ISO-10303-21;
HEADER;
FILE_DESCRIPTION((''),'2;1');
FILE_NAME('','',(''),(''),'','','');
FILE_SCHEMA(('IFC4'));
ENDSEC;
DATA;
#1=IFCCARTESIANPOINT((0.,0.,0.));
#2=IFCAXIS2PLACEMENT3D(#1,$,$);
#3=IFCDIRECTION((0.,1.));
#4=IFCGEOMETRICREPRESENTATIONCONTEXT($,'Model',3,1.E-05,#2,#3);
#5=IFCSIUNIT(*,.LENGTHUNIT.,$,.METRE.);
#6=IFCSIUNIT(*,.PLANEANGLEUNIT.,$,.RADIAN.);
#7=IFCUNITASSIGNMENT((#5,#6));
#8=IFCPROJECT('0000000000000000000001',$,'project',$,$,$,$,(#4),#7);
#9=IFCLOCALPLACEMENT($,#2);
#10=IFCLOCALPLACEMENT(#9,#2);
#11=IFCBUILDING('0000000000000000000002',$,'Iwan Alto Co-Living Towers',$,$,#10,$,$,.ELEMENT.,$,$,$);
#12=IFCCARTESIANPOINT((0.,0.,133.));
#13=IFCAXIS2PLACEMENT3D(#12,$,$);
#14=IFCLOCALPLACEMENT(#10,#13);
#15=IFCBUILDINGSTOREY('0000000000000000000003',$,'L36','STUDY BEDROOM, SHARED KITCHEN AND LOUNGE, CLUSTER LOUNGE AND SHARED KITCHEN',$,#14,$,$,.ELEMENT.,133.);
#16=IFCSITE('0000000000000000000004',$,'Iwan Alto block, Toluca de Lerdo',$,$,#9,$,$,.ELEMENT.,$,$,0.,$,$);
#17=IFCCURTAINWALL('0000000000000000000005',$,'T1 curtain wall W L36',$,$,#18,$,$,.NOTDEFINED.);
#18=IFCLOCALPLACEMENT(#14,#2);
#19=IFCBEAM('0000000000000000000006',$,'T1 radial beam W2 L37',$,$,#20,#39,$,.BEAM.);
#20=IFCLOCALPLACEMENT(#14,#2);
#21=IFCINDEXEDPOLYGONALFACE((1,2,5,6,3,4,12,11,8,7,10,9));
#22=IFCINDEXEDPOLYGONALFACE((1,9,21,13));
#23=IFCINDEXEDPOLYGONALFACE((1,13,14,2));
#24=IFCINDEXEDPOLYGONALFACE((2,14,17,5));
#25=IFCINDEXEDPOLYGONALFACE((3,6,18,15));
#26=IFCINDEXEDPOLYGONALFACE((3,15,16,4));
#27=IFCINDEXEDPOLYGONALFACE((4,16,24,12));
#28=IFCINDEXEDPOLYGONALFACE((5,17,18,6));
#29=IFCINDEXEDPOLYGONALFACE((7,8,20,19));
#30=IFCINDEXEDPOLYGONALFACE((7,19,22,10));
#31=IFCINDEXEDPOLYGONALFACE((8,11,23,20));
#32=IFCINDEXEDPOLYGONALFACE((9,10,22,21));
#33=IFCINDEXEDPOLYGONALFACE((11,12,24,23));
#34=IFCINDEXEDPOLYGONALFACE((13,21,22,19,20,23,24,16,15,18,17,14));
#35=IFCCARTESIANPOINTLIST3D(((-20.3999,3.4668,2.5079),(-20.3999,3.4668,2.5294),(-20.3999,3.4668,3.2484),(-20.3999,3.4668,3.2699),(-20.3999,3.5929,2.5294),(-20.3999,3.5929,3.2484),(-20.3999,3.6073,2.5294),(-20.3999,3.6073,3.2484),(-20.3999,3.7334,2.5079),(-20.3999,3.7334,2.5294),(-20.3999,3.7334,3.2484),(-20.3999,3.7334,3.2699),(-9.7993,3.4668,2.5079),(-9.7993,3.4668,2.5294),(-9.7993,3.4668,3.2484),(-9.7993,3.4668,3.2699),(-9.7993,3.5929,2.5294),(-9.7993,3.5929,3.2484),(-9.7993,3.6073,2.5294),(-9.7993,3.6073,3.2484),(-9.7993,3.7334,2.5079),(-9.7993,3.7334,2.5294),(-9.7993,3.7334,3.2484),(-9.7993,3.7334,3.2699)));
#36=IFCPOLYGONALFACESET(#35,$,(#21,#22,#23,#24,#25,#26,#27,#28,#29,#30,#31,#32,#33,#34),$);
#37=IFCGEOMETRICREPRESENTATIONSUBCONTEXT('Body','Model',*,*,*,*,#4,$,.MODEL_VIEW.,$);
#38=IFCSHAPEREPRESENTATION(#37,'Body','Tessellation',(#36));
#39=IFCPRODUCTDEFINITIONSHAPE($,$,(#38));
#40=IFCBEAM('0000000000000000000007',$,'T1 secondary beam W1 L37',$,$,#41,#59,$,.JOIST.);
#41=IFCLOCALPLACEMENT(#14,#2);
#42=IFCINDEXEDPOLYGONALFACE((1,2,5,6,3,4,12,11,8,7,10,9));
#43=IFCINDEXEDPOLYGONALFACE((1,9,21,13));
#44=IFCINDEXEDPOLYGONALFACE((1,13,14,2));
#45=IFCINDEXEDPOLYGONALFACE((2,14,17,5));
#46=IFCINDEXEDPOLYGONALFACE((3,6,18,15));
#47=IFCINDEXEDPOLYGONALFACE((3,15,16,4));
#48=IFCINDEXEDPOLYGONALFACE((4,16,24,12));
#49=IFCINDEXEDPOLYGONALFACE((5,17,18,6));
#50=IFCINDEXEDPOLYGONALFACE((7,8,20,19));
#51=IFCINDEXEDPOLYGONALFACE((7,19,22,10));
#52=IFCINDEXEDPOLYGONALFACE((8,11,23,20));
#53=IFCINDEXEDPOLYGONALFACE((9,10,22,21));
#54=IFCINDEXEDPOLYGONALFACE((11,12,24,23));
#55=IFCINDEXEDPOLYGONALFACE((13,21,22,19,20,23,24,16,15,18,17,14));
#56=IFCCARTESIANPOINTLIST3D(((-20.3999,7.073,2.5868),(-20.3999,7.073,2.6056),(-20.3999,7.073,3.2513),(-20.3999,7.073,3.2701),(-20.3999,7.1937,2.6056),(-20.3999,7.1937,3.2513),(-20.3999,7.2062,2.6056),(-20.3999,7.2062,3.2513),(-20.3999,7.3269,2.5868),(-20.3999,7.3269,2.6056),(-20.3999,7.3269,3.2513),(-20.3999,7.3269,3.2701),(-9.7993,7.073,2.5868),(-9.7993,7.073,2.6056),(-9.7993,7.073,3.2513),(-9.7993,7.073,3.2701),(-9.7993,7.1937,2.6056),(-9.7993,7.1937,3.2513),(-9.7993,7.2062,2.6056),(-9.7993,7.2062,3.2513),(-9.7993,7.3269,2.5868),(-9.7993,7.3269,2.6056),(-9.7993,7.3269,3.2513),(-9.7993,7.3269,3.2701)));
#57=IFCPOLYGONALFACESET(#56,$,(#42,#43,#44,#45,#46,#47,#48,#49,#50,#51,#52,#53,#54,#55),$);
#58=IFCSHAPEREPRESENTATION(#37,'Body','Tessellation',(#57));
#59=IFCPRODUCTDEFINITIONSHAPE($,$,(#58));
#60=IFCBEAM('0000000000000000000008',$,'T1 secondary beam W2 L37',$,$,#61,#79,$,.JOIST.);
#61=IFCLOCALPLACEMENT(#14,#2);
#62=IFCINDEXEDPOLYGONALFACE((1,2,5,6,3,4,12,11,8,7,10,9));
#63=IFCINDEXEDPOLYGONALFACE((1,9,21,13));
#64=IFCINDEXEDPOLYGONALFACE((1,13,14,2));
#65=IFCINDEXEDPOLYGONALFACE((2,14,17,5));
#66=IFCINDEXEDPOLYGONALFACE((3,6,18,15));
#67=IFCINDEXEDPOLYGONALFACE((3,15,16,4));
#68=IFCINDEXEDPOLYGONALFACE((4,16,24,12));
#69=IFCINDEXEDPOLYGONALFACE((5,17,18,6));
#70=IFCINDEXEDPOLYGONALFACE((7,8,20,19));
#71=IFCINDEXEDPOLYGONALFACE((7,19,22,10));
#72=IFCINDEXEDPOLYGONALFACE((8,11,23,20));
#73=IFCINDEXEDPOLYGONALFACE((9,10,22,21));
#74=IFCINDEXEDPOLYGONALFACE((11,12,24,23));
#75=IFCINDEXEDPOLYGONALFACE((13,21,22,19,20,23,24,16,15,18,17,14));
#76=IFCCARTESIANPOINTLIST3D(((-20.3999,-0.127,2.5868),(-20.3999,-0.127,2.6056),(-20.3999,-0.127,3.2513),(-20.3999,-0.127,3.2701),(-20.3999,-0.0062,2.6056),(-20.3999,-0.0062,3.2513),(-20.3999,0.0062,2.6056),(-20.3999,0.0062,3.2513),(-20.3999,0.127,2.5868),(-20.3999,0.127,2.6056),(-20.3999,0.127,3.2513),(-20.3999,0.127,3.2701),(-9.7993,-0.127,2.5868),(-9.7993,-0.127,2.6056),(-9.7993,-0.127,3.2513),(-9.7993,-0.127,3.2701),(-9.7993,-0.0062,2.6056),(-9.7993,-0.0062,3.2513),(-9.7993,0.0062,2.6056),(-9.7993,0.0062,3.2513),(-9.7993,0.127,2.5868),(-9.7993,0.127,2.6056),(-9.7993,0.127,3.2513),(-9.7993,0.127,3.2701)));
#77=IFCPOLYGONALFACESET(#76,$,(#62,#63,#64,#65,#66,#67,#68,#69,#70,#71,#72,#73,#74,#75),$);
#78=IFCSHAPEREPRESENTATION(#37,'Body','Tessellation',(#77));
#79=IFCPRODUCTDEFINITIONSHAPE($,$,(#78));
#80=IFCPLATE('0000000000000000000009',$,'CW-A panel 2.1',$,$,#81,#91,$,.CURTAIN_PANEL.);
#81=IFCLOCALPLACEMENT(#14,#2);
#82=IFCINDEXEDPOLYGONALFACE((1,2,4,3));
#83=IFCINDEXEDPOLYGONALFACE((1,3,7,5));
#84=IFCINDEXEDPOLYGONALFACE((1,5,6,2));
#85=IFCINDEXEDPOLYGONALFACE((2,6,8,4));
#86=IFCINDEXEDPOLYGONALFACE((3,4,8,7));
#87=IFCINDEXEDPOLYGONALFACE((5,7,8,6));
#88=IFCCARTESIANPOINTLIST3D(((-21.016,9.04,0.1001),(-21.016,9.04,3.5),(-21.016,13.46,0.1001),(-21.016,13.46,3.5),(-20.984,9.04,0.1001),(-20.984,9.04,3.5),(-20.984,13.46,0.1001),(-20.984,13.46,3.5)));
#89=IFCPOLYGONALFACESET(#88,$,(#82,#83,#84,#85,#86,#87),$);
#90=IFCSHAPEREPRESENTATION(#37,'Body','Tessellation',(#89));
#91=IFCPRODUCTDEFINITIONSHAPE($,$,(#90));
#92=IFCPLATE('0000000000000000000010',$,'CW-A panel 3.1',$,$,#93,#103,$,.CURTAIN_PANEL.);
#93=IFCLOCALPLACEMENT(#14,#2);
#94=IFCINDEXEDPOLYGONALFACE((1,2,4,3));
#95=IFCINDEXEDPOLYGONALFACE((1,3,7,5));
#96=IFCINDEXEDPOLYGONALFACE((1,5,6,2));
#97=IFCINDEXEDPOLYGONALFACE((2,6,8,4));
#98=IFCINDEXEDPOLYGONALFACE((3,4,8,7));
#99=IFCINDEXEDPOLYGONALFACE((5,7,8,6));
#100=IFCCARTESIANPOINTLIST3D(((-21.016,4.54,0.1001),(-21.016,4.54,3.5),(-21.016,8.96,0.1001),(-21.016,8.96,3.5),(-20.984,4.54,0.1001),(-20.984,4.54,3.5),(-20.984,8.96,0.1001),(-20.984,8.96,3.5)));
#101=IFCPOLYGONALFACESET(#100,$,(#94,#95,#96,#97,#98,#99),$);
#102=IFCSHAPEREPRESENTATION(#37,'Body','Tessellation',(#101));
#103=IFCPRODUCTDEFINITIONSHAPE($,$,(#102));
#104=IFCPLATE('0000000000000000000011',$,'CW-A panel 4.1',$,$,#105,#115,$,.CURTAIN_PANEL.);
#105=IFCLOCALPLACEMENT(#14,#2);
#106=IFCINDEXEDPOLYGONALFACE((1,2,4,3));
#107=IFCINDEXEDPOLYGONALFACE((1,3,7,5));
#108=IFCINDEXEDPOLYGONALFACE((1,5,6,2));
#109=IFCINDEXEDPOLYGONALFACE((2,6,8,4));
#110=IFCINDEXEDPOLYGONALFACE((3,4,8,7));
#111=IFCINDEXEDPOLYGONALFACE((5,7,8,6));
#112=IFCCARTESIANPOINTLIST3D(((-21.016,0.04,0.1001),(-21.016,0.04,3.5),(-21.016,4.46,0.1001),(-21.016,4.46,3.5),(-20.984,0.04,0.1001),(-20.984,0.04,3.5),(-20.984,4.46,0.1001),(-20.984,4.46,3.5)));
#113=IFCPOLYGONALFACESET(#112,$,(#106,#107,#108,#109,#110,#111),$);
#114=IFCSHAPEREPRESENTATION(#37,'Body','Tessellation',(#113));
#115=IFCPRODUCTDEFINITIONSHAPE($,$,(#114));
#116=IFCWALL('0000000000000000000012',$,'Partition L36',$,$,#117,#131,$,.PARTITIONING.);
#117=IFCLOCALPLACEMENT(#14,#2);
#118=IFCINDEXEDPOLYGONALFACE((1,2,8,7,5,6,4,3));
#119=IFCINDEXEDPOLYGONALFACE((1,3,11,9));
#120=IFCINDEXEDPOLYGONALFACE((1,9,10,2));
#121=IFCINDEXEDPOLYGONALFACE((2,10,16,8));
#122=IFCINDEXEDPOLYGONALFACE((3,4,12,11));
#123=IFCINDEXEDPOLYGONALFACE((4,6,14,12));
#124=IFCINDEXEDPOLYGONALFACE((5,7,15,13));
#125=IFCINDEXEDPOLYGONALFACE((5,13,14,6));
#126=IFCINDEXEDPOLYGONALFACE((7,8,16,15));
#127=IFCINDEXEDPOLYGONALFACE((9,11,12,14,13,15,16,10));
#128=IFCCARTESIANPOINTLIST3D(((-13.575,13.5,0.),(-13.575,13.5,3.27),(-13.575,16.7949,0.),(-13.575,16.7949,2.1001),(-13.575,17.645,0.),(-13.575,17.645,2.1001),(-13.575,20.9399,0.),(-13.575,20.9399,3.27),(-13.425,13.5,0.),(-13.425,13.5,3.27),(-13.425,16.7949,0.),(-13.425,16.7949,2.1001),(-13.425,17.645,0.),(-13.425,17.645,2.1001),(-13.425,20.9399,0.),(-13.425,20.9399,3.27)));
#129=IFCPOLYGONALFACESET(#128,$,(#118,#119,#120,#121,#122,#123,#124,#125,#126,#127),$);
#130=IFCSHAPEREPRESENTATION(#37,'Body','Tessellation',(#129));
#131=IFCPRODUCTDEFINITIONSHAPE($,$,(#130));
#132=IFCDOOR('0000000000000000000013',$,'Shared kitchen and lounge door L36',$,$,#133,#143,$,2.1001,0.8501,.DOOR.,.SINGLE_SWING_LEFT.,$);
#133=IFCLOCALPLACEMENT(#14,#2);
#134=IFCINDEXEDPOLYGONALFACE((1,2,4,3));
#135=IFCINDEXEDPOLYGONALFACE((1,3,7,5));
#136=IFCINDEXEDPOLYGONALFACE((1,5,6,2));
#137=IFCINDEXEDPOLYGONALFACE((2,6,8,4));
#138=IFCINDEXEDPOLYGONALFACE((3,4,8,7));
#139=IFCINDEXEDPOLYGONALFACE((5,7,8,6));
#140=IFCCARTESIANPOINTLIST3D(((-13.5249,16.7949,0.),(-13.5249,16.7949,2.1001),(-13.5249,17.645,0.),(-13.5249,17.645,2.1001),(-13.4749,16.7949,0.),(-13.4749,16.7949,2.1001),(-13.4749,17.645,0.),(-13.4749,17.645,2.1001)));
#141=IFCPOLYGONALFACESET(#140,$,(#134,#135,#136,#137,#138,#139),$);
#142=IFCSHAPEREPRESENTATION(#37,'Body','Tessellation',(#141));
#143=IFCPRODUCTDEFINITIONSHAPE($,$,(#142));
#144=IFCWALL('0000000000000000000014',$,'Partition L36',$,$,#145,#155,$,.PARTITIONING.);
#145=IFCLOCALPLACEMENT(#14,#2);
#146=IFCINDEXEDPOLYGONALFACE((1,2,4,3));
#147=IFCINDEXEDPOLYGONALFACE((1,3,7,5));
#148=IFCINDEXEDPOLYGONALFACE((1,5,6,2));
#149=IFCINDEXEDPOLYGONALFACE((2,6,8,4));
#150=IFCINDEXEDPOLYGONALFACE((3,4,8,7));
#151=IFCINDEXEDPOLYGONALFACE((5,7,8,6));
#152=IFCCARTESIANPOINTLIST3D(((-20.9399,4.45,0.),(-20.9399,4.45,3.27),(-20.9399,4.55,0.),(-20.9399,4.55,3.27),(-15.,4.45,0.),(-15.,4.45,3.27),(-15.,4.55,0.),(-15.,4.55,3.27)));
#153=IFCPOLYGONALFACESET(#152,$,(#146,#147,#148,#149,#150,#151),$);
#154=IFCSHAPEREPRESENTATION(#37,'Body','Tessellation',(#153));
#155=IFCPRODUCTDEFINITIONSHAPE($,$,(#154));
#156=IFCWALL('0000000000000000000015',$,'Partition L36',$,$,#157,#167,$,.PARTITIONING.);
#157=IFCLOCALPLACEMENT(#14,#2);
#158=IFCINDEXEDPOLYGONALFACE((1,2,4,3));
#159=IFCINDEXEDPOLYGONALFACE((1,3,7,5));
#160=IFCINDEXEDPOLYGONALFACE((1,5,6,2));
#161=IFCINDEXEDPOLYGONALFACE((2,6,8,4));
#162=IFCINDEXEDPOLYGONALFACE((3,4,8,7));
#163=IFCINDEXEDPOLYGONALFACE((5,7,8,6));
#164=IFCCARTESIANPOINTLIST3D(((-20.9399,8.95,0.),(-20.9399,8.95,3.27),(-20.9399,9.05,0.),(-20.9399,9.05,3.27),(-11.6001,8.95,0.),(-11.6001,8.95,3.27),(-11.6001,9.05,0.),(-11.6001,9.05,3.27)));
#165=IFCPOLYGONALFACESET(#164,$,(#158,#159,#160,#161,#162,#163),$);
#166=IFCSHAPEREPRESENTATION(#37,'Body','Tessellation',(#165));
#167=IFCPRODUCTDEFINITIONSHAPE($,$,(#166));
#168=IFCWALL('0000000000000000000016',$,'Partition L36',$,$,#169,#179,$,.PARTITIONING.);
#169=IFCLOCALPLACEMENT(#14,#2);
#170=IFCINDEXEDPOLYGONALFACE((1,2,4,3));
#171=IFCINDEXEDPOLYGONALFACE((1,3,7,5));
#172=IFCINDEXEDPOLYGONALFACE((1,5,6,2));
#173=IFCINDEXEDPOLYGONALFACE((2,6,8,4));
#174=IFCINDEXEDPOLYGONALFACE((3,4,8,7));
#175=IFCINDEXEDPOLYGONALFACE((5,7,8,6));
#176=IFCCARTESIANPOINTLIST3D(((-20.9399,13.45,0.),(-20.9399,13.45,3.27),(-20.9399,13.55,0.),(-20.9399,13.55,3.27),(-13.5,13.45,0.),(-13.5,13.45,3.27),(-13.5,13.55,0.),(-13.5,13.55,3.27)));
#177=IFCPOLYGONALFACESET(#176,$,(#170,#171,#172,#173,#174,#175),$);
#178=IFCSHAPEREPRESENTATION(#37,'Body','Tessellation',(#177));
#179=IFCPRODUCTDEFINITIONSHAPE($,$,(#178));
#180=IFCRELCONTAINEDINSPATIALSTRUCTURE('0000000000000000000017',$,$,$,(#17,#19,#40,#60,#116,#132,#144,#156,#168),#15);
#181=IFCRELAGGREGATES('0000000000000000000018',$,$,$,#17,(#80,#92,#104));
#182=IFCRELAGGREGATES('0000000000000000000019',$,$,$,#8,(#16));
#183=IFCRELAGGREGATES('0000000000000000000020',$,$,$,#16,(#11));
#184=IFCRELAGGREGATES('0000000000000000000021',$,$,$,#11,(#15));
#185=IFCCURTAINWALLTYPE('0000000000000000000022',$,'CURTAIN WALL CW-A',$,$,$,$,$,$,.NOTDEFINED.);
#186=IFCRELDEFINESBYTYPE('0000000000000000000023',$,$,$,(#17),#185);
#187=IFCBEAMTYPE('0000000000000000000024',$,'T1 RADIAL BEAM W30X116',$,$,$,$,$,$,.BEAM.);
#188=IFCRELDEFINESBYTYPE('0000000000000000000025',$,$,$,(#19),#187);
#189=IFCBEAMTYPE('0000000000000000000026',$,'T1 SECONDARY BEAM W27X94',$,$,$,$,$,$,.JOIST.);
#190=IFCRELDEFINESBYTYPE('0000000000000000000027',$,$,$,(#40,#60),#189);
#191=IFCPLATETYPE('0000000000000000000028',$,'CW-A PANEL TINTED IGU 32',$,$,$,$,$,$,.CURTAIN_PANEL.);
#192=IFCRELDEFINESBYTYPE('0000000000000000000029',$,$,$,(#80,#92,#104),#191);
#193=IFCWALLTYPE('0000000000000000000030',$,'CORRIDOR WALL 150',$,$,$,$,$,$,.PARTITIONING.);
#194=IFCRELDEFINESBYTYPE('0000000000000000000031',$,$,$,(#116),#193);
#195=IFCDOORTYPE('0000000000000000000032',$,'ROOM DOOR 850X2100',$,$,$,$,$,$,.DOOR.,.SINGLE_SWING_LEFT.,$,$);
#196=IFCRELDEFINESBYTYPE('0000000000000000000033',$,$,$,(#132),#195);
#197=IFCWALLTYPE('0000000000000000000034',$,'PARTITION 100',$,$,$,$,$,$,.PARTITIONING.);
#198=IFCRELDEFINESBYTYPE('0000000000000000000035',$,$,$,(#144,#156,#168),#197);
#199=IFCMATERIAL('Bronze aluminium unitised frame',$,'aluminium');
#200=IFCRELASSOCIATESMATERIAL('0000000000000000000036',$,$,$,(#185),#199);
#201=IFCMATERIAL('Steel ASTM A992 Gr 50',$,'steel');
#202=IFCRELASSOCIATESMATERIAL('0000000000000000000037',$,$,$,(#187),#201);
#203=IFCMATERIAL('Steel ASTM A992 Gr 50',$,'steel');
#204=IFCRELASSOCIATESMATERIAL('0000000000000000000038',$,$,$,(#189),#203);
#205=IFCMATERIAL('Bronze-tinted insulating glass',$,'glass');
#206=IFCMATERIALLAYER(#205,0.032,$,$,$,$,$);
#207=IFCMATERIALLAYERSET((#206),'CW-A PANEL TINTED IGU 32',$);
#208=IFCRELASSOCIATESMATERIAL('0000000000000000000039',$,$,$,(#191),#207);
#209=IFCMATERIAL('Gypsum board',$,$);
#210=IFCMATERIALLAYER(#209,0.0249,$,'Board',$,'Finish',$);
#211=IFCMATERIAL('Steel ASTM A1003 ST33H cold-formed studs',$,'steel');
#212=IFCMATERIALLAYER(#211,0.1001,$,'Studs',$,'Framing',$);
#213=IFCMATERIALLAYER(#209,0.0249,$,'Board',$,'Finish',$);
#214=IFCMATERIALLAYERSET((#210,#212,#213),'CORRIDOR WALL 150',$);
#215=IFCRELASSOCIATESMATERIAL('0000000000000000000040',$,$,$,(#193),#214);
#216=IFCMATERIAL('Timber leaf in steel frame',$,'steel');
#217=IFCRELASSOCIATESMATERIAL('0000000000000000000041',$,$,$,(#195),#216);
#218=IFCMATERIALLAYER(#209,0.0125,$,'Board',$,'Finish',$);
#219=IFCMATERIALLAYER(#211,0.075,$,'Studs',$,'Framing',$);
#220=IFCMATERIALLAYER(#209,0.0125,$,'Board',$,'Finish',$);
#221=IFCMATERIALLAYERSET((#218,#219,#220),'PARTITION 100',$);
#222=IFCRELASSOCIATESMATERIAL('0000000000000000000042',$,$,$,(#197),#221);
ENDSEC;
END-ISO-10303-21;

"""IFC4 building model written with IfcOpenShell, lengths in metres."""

from ifc_helpers import new_model, si_unit, direction, frame, frame_2d, origin, origin_2d, place, context, subcontext, project, spatial, rectangle, i_section, extrude, material, layer, layer_set, material_profile, profile_set, type_object, element, fill, aggregate, save


model = new_model("IFC4")

# Units and contexts
model_context = context("Model", 3, precision=1e-05, world=origin(), true_north=direction((0.0, 1.0)))
body_context = subcontext(model_context, "Body", "Model", "MODEL_VIEW")
ifc_project = project(units=[si_unit("LENGTHUNIT", "METRE"), si_unit("PLANEANGLEUNIT", "RADIAN")], contexts=[model_context])

# Site, building, storey
site_placement = place(None, origin())
site = spatial("IfcSite", under=ifc_project, at=site_placement, Name="Iwan Alto block, Toluca de Lerdo", CompositionType="ELEMENT", RefElevation=0.0)
building_placement = place(site_placement, origin())
building = spatial("IfcBuilding", under=site, at=building_placement, Name="Iwan Alto Co-Living Towers", CompositionType="ELEMENT")
storey_placement = place(building_placement, frame((0.0, 0.0, 133.0)))
storey = spatial("IfcBuildingStorey", under=building, at=storey_placement, Name="L36", Description="STUDY BEDROOM, SHARED KITCHEN AND LOUNGE, CLUSTER LOUNGE AND SHARED KITCHEN", CompositionType="ELEMENT", Elevation=133.0)

# Curtain wall
ifc_material_1 = material(Name="Bronze aluminium unitised frame", Category="aluminium")
curtain_wall_type = type_object("IfcCurtainWallType", Name="CURTAIN WALL CW-A", PredefinedType="NOTDEFINED", material=ifc_material_1)
curtain_wall_placement = place(storey_placement, origin())
curtain_wall = element("IfcCurtainWall", 1, at=curtain_wall_placement, inside=storey, type_object=curtain_wall_type, Name="T1 curtain wall W L36", PredefinedType="NOTDEFINED")

# Beams
ifc_material_2 = material(Name="Steel ASTM A992 Gr 50", Category="steel")
ifc_material_profile_1 = material_profile(ifc_material_2, i_section(OverallWidth=0.2666, OverallDepth=0.762, WebThickness=0.0144, FlangeThickness=0.0215, at=origin_2d()), Name="W30X116")
ifc_profile_set_1 = profile_set([ifc_material_profile_1], Name="Steel ASTM A992 Gr 50")
beam_type_1 = type_object("IfcBeamType", Name="T1 RADIAL BEAM W30X116", PredefinedType="BEAM", material=ifc_profile_set_1)
beam_1_placement = place(storey_placement, frame((-20.3999, 3.6001, 2.8889), z_axis=(1.0, 0.0, 0.0), x_axis=(0.0, 1.0, 0.0)))
element("IfcBeam", 2, at=beam_1_placement, inside=storey, type_object=beam_type_1, Name="T1 radial beam W2 L37", PredefinedType="BEAM", context=body_context, shape_type="SweptSolid", body=[
    extrude(i_section(OverallWidth=0.2666, OverallDepth=0.762, WebThickness=0.0144, FlangeThickness=0.0215, at=origin_2d()), origin(), (0.0, 0.0, 1.0), 10.6006),
])
ifc_material_3 = material(Name="Steel ASTM A992 Gr 50", Category="steel")
ifc_material_profile_2 = material_profile(ifc_material_3, i_section(OverallWidth=0.2539, OverallDepth=0.6833, WebThickness=0.0125, FlangeThickness=0.0188, at=origin_2d()), Name="W27X94")
ifc_profile_set_2 = profile_set([ifc_material_profile_2], Name="Steel ASTM A992 Gr 50")
beam_type_2 = type_object("IfcBeamType", Name="T1 SECONDARY BEAM W27X94", PredefinedType="JOIST", material=ifc_profile_set_2)
for number, where, z_axis, x_axis, name in (
    (3, (-20.3999, 7.2, 2.9285), (1.0, 0.0, 0.0), (0.0, 1.0, 0.0), "T1 secondary beam W1 L37"),
    (4, (-20.3999, 0.0, 2.9285), (1.0, 0.0, 0.0), (0.0, 1.0, 0.0), "T1 secondary beam W2 L37"),
):
    element("IfcBeam", number, at=place(storey_placement, frame(where, z_axis=z_axis, x_axis=x_axis)), inside=storey, type_object=beam_type_2, Name=name, PredefinedType="JOIST", context=body_context, shape_type="SweptSolid", body=[
        extrude(i_section(OverallWidth=0.2539, OverallDepth=0.6833, WebThickness=0.0125, FlangeThickness=0.0188, at=origin_2d()), origin(), (0.0, 0.0, 1.0), 10.6006),
    ])

# Plates
ifc_material_4 = material(Name="Bronze-tinted insulating glass", Category="glass")
ifc_layer_1 = layer(ifc_material_4, 0.032)
ifc_layer_set_1 = layer_set([ifc_layer_1], Name="CW-A PANEL TINTED IGU 32")
plate_type = type_object("IfcPlateType", Name="CW-A PANEL TINTED IGU 32", PredefinedType="CURTAIN_PANEL", material=ifc_layer_set_1)
plate_1_placement = place(storey_placement, frame((-21.0, 11.25, 0.1001), z_axis=(0.0, 0.0, 1.0), x_axis=(0.0, -1.0, 0.0)))
plate_1 = element("IfcPlate", 5, at=plate_1_placement, type_object=plate_type, Name="CW-A panel 2.1", PredefinedType="CURTAIN_PANEL", context=body_context, shape_type="SweptSolid", body=[
    extrude(rectangle(XDim=4.4199, YDim=0.032, at=origin_2d()), origin(), (0.0, 0.0, 1.0), 3.3999),
])
plate_2_placement = place(storey_placement, frame((-21.0, 6.75, 0.1001), z_axis=(0.0, 0.0, 1.0), x_axis=(0.0, -1.0, 0.0)))
plate_2 = element("IfcPlate", 6, at=plate_2_placement, type_object=plate_type, Name="CW-A panel 3.1", PredefinedType="CURTAIN_PANEL", context=body_context, shape_type="SweptSolid", body=[
    extrude(rectangle(XDim=4.4199, YDim=0.032, at=origin_2d()), origin(), (0.0, 0.0, 1.0), 3.3999),
])
plate_3_placement = place(storey_placement, frame((-21.0, 2.25, 0.1001), z_axis=(0.0, 0.0, 1.0), x_axis=(0.0, -1.0, 0.0)))
plate_3 = element("IfcPlate", 7, at=plate_3_placement, type_object=plate_type, Name="CW-A panel 4.1", PredefinedType="CURTAIN_PANEL", context=body_context, shape_type="SweptSolid", body=[
    extrude(rectangle(XDim=4.4199, YDim=0.032, at=origin_2d()), origin(), (0.0, 0.0, 1.0), 3.3999),
])
aggregate(curtain_wall, [plate_1, plate_2, plate_3])

# Wall, opening, door
ifc_material_5 = material(Name="Gypsum board")
ifc_layer_2 = layer(ifc_material_5, 0.0249, Name="Board", Category="Finish")
ifc_material_6 = material(Name="Steel ASTM A1003 ST33H cold-formed studs", Category="steel")
ifc_layer_3 = layer(ifc_material_6, 0.1001, Name="Studs", Category="Framing")
ifc_layer_4 = layer(ifc_material_5, 0.0249, Name="Board", Category="Finish")
ifc_layer_set_2 = layer_set([ifc_layer_2, ifc_layer_3, ifc_layer_4], Name="CORRIDOR WALL 150")
wall_type_1 = type_object("IfcWallType", Name="CORRIDOR WALL 150", PredefinedType="PARTITIONING", material=ifc_layer_set_2)
wall_1_placement = place(storey_placement, frame((-13.5, 13.5, 0.0), z_axis=(0.0, 0.0, 1.0), x_axis=(0.0, 1.0, 0.0)))
wall_1 = element("IfcWall", 8, at=wall_1_placement, inside=storey, type_object=wall_type_1, Name="Partition L36", PredefinedType="PARTITIONING", context=body_context, shape_type="SweptSolid", body=[
    extrude(rectangle(XDim=7.4399, YDim=0.1499, at=frame_2d((3.72, 0.0))), origin(), (0.0, 0.0, 1.0), 3.27),
])
opening_placement = place(wall_1_placement, frame((3.2949, 0.0, 0.0)))
opening = element("IfcOpeningElement", 9, at=opening_placement, cuts=wall_1, PredefinedType="OPENING", context=body_context, shape_type="SweptSolid", body=[
    extrude(rectangle(XDim=0.8501, YDim=2.1001, at=frame_2d((0.425, 1.05))), frame((0.0, 0.085, 0.0), z_axis=(0.0, -1.0, 0.0), x_axis=(1.0, 0.0, 0.0)), (0.0, 0.0, 1.0), 0.1699),
])
ifc_material_7 = material(Name="Timber leaf in steel frame", Category="steel")
door_type = type_object("IfcDoorType", Name="ROOM DOOR 850X2100", OperationType="SINGLE_SWING_LEFT", PredefinedType="DOOR", material=ifc_material_7)
door_placement = place(opening_placement, origin())
door = element("IfcDoor", 10, at=door_placement, inside=storey, type_object=door_type, Name="Shared kitchen and lounge door L36", OperationType="SINGLE_SWING_LEFT", OverallHeight=2.1001, OverallWidth=0.8501, PredefinedType="DOOR", context=body_context, shape_type="SweptSolid", body=[
    extrude(rectangle(XDim=0.8501, YDim=2.1001, at=frame_2d((0.425, 1.05))), frame((0.0, 0.0249, 0.0), z_axis=(0.0, -1.0, 0.0), x_axis=(1.0, 0.0, 0.0)), (0.0, 0.0, 1.0), 0.05),
])
fill(opening, door)

# Walls
ifc_layer_5 = layer(ifc_material_5, 0.0125, Name="Board", Category="Finish")
ifc_layer_6 = layer(ifc_material_6, 0.075, Name="Studs", Category="Framing")
ifc_layer_7 = layer(ifc_material_5, 0.0125, Name="Board", Category="Finish")
ifc_layer_set_3 = layer_set([ifc_layer_5, ifc_layer_6, ifc_layer_7], Name="PARTITION 100")
wall_type_2 = type_object("IfcWallType", Name="PARTITION 100", PredefinedType="PARTITIONING", material=ifc_layer_set_3)
wall_2_placement = place(storey_placement, frame((-20.9399, 4.5, 0.0), z_axis=(0.0, 0.0, 1.0), x_axis=(1.0, 0.0, 0.0)))
element("IfcWall", 11, at=wall_2_placement, inside=storey, type_object=wall_type_2, Name="Partition L36", PredefinedType="PARTITIONING", context=body_context, shape_type="SweptSolid", body=[
    extrude(rectangle(XDim=5.9399, YDim=0.1001, at=frame_2d((2.97, 0.0))), origin(), (0.0, 0.0, 1.0), 3.27),
])
wall_3_placement = place(storey_placement, frame((-20.9399, 9.0, 0.0), z_axis=(0.0, 0.0, 1.0), x_axis=(1.0, 0.0, 0.0)))
element("IfcWall", 12, at=wall_3_placement, inside=storey, type_object=wall_type_2, Name="Partition L36", PredefinedType="PARTITIONING", context=body_context, shape_type="SweptSolid", body=[
    extrude(rectangle(XDim=9.3398, YDim=0.1001, at=frame_2d((4.6699, 0.0))), origin(), (0.0, 0.0, 1.0), 3.27),
])
wall_4_placement = place(storey_placement, frame((-20.9399, 13.5, 0.0), z_axis=(0.0, 0.0, 1.0), x_axis=(1.0, 0.0, 0.0)))
element("IfcWall", 13, at=wall_4_placement, inside=storey, type_object=wall_type_2, Name="Partition L36", PredefinedType="PARTITIONING", context=body_context, shape_type="SweptSolid", body=[
    extrude(rectangle(XDim=7.4399, YDim=0.1001, at=frame_2d((3.72, 0.0))), origin(), (0.0, 0.0, 1.0), 3.27),
])

save(model, "model.ifc")
